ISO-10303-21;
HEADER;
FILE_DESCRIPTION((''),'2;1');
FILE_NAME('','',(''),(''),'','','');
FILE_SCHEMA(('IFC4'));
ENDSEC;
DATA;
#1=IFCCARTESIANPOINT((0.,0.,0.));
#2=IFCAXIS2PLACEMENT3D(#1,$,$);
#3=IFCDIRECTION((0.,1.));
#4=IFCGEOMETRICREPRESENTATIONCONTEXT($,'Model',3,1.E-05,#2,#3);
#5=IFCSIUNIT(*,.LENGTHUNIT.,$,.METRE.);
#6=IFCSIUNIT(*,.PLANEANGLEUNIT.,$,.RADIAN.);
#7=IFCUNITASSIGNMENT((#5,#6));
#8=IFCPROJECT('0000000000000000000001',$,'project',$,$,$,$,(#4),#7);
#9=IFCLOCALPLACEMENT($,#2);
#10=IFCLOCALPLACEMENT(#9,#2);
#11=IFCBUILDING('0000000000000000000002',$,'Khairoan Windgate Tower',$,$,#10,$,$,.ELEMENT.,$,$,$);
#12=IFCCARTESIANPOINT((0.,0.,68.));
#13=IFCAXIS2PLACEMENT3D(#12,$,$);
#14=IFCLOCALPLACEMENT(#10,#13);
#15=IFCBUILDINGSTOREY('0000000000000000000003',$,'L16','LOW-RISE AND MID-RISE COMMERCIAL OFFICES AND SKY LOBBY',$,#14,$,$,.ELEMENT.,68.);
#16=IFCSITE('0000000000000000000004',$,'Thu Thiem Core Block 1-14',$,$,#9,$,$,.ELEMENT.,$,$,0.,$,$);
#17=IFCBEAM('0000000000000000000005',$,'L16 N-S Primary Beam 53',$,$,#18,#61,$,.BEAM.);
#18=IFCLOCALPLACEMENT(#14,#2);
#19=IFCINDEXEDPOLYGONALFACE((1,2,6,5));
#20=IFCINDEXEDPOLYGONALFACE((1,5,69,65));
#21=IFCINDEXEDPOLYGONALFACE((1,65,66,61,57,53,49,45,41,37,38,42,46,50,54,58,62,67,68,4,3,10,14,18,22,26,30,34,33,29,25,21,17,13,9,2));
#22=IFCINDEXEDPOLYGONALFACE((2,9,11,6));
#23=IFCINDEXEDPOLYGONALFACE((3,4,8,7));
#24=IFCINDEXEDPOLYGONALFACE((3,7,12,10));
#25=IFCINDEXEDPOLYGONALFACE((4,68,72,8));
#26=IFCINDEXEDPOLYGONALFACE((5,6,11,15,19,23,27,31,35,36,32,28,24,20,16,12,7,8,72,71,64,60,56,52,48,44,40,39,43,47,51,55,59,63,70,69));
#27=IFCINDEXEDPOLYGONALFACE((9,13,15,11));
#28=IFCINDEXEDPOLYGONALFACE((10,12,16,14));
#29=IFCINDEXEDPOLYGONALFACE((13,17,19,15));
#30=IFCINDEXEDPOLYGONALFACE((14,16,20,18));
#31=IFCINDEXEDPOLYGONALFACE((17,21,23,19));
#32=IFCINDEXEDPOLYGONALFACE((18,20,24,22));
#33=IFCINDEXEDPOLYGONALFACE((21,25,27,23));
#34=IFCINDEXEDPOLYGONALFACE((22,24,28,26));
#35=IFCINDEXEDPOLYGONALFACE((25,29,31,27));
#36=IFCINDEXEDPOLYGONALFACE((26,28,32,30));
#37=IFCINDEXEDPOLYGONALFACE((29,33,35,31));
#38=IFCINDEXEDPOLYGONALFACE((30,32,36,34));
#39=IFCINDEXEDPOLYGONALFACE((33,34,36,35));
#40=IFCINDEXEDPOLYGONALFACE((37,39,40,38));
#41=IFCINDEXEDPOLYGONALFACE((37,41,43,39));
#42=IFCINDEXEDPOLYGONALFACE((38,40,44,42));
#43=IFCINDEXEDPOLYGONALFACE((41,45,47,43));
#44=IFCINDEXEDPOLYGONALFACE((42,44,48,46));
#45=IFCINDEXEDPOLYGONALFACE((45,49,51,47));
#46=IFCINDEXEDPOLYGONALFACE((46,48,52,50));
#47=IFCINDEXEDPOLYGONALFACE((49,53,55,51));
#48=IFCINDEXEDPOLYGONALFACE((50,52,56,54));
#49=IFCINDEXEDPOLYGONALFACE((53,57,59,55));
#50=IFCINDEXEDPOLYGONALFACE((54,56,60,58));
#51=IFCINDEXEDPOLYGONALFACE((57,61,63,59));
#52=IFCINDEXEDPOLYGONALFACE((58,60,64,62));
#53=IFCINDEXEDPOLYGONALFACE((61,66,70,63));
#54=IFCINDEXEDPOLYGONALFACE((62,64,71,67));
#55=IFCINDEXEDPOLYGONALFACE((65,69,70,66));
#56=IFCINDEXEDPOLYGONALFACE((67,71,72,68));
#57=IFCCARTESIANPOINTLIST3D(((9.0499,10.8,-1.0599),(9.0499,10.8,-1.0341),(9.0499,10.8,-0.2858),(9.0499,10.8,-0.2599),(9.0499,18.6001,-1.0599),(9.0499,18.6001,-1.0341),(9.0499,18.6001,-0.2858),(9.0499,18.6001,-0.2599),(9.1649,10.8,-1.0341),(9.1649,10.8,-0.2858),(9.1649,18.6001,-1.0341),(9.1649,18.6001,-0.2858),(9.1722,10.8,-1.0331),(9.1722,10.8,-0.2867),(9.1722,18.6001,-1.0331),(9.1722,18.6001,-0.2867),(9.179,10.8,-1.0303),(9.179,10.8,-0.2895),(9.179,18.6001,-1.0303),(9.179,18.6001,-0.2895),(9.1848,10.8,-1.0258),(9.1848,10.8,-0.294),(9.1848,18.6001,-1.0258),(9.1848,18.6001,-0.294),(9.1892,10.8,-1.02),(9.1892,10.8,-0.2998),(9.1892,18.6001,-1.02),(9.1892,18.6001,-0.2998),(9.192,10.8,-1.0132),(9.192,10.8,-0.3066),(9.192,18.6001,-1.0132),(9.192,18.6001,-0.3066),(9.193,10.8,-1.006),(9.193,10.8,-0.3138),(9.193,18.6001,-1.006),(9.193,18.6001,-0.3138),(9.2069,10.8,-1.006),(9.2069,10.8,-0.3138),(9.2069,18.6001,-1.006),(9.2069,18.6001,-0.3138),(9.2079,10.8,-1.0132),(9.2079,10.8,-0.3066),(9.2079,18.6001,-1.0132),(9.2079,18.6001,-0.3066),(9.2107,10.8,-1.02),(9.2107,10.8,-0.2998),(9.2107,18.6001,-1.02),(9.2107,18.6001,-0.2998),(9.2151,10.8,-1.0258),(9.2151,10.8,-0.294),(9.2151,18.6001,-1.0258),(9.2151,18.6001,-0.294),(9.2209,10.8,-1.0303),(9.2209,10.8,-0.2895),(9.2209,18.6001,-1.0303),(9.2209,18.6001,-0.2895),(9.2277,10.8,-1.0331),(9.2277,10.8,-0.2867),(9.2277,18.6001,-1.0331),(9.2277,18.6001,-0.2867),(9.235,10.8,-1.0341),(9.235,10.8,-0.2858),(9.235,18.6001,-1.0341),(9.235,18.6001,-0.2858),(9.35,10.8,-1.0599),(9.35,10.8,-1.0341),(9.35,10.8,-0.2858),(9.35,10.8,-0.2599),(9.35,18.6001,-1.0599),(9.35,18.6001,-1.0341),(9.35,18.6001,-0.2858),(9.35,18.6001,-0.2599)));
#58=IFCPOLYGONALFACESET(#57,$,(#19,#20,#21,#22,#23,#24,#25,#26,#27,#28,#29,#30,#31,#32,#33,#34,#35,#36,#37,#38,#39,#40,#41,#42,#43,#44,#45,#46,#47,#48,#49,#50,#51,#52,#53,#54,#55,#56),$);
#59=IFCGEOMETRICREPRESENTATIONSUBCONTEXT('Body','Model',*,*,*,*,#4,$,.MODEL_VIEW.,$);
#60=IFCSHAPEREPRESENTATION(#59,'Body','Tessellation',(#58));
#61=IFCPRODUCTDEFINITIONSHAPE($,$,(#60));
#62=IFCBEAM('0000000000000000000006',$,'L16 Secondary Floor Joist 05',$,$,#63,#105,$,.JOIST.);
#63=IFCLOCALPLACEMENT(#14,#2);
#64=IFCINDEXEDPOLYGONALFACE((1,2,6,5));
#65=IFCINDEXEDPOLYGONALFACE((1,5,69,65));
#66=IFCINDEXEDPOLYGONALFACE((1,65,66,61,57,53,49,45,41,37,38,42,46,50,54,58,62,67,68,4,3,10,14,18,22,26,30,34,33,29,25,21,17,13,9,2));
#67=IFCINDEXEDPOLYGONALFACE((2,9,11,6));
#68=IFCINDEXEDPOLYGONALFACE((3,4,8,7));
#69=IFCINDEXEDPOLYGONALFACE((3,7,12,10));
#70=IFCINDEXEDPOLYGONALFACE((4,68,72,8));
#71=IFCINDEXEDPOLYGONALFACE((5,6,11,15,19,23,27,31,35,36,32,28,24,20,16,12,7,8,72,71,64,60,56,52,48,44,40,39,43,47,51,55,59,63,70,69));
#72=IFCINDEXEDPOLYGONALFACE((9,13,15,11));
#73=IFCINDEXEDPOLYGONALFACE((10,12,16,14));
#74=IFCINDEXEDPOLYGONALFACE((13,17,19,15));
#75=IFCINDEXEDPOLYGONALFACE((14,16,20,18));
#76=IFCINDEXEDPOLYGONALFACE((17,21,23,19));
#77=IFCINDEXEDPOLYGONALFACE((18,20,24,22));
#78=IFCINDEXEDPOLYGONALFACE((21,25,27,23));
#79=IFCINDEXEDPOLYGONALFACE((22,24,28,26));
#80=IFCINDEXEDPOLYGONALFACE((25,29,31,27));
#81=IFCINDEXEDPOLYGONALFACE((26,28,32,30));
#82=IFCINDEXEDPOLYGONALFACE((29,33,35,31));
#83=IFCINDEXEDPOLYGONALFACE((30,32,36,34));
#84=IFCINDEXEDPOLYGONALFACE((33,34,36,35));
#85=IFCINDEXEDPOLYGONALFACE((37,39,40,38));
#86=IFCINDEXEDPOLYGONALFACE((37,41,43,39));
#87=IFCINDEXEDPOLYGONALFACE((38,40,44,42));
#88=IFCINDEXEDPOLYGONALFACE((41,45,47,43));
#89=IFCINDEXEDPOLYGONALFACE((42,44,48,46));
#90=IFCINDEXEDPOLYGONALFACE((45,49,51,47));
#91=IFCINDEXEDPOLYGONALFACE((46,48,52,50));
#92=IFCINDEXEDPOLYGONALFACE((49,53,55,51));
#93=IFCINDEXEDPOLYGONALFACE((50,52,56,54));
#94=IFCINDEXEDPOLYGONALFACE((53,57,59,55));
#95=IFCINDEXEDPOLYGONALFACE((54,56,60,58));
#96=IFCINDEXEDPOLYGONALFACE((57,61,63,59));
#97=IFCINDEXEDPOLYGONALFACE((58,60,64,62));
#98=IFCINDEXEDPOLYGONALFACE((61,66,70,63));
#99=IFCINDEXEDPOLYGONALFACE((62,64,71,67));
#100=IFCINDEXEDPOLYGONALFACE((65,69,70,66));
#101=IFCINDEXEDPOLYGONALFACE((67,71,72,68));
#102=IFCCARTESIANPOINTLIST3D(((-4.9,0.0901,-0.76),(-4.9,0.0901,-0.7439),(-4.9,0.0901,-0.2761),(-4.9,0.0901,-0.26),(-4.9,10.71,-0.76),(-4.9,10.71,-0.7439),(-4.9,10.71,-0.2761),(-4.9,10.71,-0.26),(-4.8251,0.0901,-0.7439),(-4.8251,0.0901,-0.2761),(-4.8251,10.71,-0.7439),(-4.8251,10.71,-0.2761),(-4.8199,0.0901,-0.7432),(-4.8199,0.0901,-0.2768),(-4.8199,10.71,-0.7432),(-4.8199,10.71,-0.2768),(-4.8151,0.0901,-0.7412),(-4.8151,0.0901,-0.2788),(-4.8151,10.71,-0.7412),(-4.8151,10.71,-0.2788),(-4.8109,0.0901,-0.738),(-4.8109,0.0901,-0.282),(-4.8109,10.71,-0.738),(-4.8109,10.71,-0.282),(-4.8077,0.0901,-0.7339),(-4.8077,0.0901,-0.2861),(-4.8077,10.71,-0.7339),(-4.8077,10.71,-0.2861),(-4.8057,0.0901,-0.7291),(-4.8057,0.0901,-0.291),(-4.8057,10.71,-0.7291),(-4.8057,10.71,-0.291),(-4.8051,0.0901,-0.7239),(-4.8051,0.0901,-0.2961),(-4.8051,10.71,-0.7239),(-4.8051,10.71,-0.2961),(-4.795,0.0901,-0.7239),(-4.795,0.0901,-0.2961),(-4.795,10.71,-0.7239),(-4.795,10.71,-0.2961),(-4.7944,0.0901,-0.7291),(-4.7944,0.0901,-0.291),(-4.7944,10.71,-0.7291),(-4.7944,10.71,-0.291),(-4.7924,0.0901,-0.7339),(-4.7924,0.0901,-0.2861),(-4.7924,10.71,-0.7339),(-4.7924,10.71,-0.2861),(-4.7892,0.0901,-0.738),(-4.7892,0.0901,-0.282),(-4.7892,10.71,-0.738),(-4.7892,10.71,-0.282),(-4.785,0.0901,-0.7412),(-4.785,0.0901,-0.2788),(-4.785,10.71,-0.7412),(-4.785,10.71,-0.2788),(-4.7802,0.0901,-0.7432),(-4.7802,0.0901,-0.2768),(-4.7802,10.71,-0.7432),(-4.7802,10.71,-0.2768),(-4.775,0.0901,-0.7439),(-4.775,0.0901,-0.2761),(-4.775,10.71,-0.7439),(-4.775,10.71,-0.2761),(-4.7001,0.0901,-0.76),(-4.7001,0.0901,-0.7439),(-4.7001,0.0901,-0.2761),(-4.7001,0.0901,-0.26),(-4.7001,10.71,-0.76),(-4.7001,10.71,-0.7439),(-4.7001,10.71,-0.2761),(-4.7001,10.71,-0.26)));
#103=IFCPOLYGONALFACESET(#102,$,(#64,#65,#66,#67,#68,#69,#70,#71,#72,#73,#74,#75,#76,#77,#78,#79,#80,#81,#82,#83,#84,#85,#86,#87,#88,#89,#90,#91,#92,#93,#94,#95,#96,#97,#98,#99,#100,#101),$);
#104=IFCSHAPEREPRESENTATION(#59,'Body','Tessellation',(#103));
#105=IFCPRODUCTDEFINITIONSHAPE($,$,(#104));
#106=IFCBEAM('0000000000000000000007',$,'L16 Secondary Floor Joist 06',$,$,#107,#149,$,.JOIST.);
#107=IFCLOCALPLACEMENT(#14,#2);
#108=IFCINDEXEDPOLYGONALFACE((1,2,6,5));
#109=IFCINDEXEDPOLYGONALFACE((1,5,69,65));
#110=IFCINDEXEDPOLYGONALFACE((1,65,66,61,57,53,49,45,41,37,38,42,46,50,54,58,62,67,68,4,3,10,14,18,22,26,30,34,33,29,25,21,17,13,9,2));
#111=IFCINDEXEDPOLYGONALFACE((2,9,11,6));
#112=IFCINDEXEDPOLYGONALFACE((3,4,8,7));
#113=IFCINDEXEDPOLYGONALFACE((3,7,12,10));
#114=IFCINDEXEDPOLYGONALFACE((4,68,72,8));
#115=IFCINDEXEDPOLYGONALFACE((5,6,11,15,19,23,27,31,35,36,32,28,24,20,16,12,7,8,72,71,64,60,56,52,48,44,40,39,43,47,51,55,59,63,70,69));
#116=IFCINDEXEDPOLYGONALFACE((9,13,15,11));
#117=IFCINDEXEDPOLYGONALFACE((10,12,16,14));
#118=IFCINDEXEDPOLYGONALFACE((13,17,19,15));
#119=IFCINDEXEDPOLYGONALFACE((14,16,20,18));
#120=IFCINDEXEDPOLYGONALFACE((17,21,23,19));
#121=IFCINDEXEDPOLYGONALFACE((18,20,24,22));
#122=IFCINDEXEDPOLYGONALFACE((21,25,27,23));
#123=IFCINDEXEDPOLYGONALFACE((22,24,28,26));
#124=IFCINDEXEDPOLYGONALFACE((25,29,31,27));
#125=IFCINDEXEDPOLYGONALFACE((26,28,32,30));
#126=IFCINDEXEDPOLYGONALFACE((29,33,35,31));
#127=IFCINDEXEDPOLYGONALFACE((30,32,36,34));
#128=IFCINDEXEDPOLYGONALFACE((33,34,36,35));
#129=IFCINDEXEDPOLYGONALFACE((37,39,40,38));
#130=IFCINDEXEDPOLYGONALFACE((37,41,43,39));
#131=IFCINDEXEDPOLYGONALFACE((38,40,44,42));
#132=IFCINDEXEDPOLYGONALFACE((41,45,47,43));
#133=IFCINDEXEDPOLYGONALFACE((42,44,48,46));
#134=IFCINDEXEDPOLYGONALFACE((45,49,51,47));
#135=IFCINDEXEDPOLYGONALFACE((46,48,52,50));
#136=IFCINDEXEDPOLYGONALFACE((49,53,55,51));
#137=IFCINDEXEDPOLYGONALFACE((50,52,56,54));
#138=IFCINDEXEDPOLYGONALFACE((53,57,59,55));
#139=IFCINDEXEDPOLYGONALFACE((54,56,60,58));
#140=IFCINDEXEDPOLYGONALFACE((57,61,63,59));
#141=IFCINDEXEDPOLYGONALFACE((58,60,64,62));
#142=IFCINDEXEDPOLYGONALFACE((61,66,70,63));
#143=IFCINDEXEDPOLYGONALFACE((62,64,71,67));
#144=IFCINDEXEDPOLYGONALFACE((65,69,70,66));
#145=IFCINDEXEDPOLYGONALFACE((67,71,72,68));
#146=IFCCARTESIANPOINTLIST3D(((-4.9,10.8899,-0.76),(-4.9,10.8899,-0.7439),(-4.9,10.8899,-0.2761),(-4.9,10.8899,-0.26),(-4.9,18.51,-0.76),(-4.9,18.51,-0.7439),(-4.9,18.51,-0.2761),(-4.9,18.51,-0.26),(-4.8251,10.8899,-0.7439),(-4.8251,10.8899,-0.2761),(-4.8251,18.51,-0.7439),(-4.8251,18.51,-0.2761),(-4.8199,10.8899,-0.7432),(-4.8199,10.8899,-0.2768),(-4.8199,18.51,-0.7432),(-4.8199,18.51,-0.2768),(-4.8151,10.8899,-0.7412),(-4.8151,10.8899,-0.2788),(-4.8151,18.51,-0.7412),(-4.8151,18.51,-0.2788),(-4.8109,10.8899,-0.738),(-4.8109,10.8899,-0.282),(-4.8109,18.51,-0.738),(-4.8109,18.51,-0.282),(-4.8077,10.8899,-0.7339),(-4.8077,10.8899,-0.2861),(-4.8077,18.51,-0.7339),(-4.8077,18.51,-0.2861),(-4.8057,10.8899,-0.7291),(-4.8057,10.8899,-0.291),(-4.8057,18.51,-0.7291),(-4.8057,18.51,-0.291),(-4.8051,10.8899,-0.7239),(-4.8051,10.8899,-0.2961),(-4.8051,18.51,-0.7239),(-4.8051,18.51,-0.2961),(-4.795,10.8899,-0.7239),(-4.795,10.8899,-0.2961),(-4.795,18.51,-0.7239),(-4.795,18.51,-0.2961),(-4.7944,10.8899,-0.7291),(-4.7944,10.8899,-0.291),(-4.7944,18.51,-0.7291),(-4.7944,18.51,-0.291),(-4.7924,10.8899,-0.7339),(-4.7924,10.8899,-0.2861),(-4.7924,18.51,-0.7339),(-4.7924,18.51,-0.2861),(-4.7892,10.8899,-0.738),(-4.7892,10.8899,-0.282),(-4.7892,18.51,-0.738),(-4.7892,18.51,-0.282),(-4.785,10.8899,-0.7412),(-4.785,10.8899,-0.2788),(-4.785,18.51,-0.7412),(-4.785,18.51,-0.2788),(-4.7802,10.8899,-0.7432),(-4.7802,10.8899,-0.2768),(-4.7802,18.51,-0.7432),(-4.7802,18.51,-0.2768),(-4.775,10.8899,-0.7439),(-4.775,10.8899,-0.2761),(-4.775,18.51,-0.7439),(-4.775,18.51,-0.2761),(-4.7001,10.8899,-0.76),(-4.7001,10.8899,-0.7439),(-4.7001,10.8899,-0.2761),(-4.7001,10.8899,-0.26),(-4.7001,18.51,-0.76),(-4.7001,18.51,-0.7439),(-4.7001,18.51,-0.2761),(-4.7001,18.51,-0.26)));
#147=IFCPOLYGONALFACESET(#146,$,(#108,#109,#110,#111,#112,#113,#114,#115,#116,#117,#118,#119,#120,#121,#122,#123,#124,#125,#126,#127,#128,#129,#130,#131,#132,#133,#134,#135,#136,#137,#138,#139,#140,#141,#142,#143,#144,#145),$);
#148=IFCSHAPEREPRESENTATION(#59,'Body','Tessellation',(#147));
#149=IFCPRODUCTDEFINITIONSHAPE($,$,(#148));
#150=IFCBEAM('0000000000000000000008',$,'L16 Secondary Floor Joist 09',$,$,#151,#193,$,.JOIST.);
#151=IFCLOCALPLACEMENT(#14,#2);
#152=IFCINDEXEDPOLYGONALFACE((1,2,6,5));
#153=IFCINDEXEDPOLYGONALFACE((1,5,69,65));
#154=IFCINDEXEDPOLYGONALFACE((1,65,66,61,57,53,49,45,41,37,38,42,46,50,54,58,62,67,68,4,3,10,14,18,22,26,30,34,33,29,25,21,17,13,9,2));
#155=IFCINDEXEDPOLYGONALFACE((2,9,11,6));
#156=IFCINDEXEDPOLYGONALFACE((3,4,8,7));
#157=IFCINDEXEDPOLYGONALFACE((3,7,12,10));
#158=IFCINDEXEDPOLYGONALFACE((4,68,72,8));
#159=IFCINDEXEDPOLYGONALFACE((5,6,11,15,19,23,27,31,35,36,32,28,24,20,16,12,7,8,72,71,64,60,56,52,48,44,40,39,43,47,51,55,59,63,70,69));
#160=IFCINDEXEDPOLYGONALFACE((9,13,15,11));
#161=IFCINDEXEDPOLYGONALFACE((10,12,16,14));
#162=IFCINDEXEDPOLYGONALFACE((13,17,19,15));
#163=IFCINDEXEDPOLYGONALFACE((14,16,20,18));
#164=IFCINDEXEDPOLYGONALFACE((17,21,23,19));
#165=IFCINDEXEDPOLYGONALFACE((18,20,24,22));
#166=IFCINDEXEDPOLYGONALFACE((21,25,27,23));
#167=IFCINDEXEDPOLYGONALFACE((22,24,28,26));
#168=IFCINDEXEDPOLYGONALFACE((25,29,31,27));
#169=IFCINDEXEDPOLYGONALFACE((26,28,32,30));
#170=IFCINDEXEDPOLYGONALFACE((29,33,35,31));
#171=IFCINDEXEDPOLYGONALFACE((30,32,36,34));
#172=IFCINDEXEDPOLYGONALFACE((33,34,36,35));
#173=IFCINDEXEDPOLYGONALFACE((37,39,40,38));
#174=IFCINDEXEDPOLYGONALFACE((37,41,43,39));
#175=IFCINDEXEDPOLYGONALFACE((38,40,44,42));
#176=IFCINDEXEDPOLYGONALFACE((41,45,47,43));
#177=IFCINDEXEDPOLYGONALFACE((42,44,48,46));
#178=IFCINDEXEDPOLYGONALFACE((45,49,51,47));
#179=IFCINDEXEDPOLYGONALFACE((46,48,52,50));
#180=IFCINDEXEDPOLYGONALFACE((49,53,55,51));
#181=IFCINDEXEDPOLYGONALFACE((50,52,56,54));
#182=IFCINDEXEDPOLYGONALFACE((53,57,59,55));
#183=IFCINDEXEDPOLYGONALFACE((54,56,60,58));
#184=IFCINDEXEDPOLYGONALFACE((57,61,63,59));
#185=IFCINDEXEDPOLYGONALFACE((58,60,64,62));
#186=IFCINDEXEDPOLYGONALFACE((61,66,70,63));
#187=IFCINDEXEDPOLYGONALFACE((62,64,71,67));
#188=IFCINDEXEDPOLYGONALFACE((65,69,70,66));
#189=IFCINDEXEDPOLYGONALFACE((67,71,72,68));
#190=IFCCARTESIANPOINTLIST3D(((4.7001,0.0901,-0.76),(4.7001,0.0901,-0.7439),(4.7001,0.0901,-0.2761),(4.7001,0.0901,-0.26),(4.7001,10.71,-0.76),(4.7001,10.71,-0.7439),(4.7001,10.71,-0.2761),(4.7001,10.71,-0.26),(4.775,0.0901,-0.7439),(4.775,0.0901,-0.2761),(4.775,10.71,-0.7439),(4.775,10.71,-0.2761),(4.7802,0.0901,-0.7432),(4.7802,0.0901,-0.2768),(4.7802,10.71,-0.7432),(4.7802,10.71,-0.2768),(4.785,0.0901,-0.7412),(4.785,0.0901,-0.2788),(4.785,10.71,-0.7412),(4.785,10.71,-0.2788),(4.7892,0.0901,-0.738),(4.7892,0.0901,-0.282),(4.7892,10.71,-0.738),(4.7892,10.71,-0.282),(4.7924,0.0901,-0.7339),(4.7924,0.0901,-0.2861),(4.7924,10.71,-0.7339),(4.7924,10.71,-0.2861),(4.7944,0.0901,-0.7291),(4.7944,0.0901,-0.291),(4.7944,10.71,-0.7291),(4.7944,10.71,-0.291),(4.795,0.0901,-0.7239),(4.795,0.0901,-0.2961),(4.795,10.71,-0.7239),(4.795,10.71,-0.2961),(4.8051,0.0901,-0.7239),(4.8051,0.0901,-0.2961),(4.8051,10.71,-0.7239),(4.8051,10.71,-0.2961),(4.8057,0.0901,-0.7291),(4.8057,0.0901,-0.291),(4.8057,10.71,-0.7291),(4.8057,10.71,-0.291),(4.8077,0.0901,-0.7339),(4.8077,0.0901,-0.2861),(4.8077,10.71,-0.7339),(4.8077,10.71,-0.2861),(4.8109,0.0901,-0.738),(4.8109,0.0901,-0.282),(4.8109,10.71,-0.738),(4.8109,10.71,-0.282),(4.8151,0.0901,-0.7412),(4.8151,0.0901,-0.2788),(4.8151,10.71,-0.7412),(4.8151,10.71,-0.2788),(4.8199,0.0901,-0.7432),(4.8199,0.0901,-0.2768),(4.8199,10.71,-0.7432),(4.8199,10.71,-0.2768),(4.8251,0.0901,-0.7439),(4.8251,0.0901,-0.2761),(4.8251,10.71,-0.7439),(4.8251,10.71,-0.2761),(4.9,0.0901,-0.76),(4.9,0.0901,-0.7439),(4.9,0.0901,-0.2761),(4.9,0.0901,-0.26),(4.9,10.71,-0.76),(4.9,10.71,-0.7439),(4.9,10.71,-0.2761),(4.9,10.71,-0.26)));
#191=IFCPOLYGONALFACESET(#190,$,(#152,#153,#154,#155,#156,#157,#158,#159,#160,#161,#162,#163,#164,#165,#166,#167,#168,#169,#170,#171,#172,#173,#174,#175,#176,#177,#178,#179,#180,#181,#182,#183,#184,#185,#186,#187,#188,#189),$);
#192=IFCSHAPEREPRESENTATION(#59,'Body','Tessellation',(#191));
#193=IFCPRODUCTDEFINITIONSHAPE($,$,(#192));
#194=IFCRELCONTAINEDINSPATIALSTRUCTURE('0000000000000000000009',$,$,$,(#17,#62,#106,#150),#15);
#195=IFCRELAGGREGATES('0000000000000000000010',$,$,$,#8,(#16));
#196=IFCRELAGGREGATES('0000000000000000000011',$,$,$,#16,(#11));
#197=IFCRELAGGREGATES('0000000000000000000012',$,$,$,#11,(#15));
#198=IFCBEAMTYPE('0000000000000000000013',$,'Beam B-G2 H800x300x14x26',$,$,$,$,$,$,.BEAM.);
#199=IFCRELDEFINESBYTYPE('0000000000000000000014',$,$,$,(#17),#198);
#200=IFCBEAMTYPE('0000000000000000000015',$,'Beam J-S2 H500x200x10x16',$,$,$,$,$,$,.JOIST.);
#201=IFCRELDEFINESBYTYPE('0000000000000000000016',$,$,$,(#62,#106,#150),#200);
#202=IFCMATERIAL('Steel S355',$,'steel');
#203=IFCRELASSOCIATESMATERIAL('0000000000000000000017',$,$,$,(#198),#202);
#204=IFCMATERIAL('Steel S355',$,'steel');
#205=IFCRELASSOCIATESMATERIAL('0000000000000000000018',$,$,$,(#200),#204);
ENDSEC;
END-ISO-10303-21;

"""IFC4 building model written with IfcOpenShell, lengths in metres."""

from ifc_helpers import new_model, si_unit, direction, frame, origin, origin_2d, place, context, subcontext, project, spatial, i_section, extrude, material, material_profile, profile_set, type_object, element, save


model = new_model("IFC4")

# Units and contexts
model_context = context("Model", 3, precision=1e-05, world=origin(), true_north=direction((0.0, 1.0)))
body_context = subcontext(model_context, "Body", "Model", "MODEL_VIEW")
ifc_project = project(units=[si_unit("LENGTHUNIT", "METRE"), si_unit("PLANEANGLEUNIT", "RADIAN")], contexts=[model_context])

# Site, building, storey
site_placement = place(None, origin())
site = spatial("IfcSite", under=ifc_project, at=site_placement, Name="Thu Thiem Core Block 1-14", CompositionType="ELEMENT", RefElevation=0.0)
building_placement = place(site_placement, origin())
building = spatial("IfcBuilding", under=site, at=building_placement, Name="Khairoan Windgate Tower", CompositionType="ELEMENT")
storey_placement = place(building_placement, frame((0.0, 0.0, 68.0)))
storey = spatial("IfcBuildingStorey", under=building, at=storey_placement, Name="L16", Description="LOW-RISE AND MID-RISE COMMERCIAL OFFICES AND SKY LOBBY", CompositionType="ELEMENT", Elevation=68.0)

# Beams
ifc_material_1 = material(Name="Steel S355", Category="steel")
ifc_material_profile_1 = material_profile(ifc_material_1, i_section(OverallWidth=0.3, OverallDepth=0.8, WebThickness=0.0139, FlangeThickness=0.0259, FilletRadius=0.0281, at=origin_2d()))
ifc_profile_set_1 = profile_set([ifc_material_profile_1], Name="Steel S355")
beam_type_1 = type_object("IfcBeamType", Name="Beam B-G2 H800x300x14x26", PredefinedType="BEAM", material=ifc_profile_set_1)
beam_1_placement = place(storey_placement, frame((9.2, 10.8, -0.6599), z_axis=(0.0, 1.0, 0.0), x_axis=(-1.0, 0.0, 0.0)))
element("IfcBeam", 1, at=beam_1_placement, inside=storey, type_object=beam_type_1, Name="L16 N-S Primary Beam 53", PredefinedType="BEAM", context=body_context, shape_type="SweptSolid", body=[
    extrude(i_section(OverallWidth=0.3, OverallDepth=0.8, WebThickness=0.0139, FlangeThickness=0.0259, FilletRadius=0.0281, at=origin_2d()), origin(), (0.0, 0.0, 1.0), 7.8),
])
ifc_material_2 = material(Name="Steel S355", Category="steel")
ifc_material_profile_2 = material_profile(ifc_material_2, i_section(OverallWidth=0.2, OverallDepth=0.5, WebThickness=0.01, FlangeThickness=0.0161, FilletRadius=0.02, at=origin_2d()))
ifc_profile_set_2 = profile_set([ifc_material_profile_2], Name="Steel S355")
beam_type_2 = type_object("IfcBeamType", Name="Beam J-S2 H500x200x10x16", PredefinedType="JOIST", material=ifc_profile_set_2)
beam_2_placement = place(storey_placement, frame((-4.8, 0.0901, -0.51), z_axis=(0.0, 1.0, 0.0), x_axis=(-1.0, 0.0, 0.0)))
element("IfcBeam", 2, at=beam_2_placement, inside=storey, type_object=beam_type_2, Name="L16 Secondary Floor Joist 05", PredefinedType="JOIST", context=body_context, shape_type="SweptSolid", body=[
    extrude(i_section(OverallWidth=0.2, OverallDepth=0.5, WebThickness=0.01, FlangeThickness=0.0161, FilletRadius=0.02, at=origin_2d()), origin(), (0.0, 0.0, 1.0), 10.6199),
])
beam_3_placement = place(storey_placement, frame((-4.8, 10.8899, -0.51), z_axis=(0.0, 1.0, 0.0), x_axis=(-1.0, 0.0, 0.0)))
element("IfcBeam", 3, at=beam_3_placement, inside=storey, type_object=beam_type_2, Name="L16 Secondary Floor Joist 06", PredefinedType="JOIST", context=body_context, shape_type="SweptSolid", body=[
    extrude(i_section(OverallWidth=0.2, OverallDepth=0.5, WebThickness=0.01, FlangeThickness=0.0161, FilletRadius=0.02, at=origin_2d()), origin(), (0.0, 0.0, 1.0), 7.6201),
])
beam_4_placement = place(storey_placement, frame((4.8, 0.0901, -0.51), z_axis=(0.0, 1.0, 0.0), x_axis=(-1.0, 0.0, 0.0)))
element("IfcBeam", 4, at=beam_4_placement, inside=storey, type_object=beam_type_2, Name="L16 Secondary Floor Joist 09", PredefinedType="JOIST", context=body_context, shape_type="SweptSolid", body=[
    extrude(i_section(OverallWidth=0.2, OverallDepth=0.5, WebThickness=0.01, FlangeThickness=0.0161, FilletRadius=0.02, at=origin_2d()), origin(), (0.0, 0.0, 1.0), 10.6199),
])

save(model, "model.ifc")
